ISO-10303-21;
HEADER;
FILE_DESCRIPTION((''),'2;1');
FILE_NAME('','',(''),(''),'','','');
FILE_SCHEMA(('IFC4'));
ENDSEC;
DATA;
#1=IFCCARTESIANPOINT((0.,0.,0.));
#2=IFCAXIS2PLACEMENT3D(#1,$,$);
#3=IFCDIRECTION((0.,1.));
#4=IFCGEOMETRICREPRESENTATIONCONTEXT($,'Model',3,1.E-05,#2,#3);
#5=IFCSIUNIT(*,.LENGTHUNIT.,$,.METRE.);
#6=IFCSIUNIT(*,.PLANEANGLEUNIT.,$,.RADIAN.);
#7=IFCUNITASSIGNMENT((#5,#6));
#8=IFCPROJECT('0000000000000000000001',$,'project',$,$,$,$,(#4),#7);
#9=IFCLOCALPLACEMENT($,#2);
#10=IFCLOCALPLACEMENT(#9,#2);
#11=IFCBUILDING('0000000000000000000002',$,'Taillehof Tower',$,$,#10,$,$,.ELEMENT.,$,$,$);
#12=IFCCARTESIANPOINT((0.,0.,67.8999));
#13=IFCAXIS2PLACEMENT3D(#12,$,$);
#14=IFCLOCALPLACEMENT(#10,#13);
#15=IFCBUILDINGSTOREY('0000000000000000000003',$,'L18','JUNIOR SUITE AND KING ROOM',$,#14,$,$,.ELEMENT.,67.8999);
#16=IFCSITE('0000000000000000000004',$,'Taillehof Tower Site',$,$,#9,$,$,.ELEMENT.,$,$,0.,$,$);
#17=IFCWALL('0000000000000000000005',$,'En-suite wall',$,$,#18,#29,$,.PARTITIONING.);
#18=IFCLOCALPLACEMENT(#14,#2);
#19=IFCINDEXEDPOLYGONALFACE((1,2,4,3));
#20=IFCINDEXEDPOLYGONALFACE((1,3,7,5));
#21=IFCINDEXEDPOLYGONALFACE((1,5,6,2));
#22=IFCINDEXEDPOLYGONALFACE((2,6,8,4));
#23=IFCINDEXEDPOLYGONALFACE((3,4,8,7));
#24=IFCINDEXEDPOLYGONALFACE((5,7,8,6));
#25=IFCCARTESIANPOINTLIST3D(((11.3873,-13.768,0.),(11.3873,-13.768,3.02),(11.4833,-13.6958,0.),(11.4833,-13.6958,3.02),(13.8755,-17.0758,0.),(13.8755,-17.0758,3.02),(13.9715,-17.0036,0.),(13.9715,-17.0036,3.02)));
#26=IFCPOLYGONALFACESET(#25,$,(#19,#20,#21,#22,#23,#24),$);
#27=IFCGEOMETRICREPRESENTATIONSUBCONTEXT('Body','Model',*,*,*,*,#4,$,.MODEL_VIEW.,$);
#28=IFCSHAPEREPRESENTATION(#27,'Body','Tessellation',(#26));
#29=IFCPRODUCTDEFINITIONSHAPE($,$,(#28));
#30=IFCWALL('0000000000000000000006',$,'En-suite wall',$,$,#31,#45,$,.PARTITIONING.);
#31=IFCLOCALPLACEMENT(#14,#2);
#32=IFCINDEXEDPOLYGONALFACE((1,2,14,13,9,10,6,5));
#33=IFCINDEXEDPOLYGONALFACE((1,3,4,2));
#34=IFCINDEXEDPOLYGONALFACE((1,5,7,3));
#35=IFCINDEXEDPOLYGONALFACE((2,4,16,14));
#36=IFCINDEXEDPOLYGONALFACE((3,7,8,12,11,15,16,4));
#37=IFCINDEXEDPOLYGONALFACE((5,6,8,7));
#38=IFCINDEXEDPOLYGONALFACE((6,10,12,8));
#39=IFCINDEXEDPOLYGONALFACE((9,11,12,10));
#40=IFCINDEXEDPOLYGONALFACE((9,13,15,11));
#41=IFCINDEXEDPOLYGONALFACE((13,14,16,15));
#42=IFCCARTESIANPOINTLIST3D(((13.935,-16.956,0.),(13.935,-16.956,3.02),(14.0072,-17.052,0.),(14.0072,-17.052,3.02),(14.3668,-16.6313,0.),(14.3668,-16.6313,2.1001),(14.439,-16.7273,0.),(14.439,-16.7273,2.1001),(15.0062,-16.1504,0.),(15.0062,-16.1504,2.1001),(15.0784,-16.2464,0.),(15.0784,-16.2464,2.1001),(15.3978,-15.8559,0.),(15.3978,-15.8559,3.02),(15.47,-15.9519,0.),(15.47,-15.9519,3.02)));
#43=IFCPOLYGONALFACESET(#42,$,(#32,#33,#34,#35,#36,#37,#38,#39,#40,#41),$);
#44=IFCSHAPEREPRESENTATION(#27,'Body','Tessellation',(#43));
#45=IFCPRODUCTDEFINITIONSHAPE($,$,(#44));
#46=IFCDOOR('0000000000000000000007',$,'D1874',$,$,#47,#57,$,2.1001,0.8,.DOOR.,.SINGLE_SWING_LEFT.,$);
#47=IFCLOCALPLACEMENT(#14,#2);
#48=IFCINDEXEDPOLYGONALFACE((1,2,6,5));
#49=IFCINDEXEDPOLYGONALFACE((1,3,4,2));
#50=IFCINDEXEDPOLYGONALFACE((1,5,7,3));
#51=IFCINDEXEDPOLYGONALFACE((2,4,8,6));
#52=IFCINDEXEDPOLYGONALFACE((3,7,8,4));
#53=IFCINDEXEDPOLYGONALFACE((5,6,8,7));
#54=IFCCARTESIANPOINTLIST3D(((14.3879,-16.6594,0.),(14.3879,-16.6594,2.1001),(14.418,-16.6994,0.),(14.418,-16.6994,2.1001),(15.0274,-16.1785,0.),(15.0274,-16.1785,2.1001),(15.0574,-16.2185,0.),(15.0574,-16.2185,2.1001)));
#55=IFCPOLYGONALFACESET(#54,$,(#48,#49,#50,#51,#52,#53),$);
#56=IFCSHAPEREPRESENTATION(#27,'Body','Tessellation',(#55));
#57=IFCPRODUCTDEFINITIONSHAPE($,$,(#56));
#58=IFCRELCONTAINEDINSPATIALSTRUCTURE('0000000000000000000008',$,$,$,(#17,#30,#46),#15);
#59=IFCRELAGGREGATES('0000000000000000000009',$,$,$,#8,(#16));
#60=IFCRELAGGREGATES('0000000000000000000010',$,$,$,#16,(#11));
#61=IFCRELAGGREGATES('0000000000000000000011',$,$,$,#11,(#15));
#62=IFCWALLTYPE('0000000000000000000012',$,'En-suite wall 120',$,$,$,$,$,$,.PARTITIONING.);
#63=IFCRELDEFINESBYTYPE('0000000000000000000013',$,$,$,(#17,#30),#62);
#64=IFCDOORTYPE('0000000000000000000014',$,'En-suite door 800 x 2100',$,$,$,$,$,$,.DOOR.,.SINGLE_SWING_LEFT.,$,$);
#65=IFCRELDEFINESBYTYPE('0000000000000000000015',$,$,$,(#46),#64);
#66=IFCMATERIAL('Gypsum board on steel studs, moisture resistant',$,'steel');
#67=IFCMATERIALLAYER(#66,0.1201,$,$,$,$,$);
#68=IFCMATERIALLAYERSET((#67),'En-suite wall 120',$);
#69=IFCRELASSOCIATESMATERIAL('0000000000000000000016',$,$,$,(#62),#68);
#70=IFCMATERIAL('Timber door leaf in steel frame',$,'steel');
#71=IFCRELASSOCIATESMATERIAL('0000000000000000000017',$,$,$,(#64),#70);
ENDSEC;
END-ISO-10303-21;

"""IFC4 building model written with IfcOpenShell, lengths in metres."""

from ifc_helpers import new_model, si_unit, direction, frame, frame_2d, origin, place, context, subcontext, project, spatial, rectangle, extrude, material, layer, layer_set, type_object, element, fill, save


model = new_model("IFC4")

# Units and contexts
model_context = context("Model", 3, precision=1e-05, world=origin(), true_north=direction((0.0, 1.0)))
body_context = subcontext(model_context, "Body", "Model", "MODEL_VIEW")
ifc_project = project(units=[si_unit("LENGTHUNIT", "METRE"), si_unit("PLANEANGLEUNIT", "RADIAN")], contexts=[model_context])

# Site, building, storey
site_placement = place(None, origin())
site = spatial("IfcSite", under=ifc_project, at=site_placement, Name="Taillehof Tower Site", CompositionType="ELEMENT", RefElevation=0.0)
building_placement = place(site_placement, origin())
building = spatial("IfcBuilding", under=site, at=building_placement, Name="Taillehof Tower", CompositionType="ELEMENT")
storey_placement = place(building_placement, frame((0.0, 0.0, 67.8999)))
storey = spatial("IfcBuildingStorey", under=building, at=storey_placement, Name="L18", Description="JUNIOR SUITE AND KING ROOM", CompositionType="ELEMENT", Elevation=67.8999)

# Wall
ifc_material_1 = material(Name="Gypsum board on steel studs, moisture resistant", Category="steel")
ifc_layer_1 = layer(ifc_material_1, 0.1201)
ifc_layer_set_1 = layer_set([ifc_layer_1], Name="En-suite wall 120")
wall_type_1 = type_object("IfcWallType", Name="En-suite wall 120", PredefinedType="PARTITIONING", material=ifc_layer_set_1)
wall_1_placement = place(storey_placement, frame((11.4353, -13.7319, 0.0), z_axis=(0.0, 0.0, 1.0), x_axis=(0.601141, -0.799143, 0.0)))
element("IfcWall", 1, at=wall_1_placement, inside=storey, type_object=wall_type_1, Name="En-suite wall", PredefinedType="PARTITIONING", context=body_context, shape_type="SweptSolid", body=[
    extrude(rectangle(XDim=4.1392, YDim=0.1201, at=frame_2d((2.0696, 0.0))), origin(), (0.0, 0.0, 1.0), 3.02),
])

# Wall, opening, door
wall_2_placement = place(storey_placement, frame((13.9712, -17.0039, 0.0), z_axis=(0.0, 0.0, 1.0), x_axis=(0.799231, 0.601024, 0.0)))
wall_2 = element("IfcWall", 2, at=wall_2_placement, inside=storey, type_object=wall_type_1, Name="En-suite wall", PredefinedType="PARTITIONING", context=body_context, shape_type="SweptSolid", body=[
    extrude(rectangle(XDim=1.8303, YDim=0.1201, at=frame_2d((0.915, 0.0))), origin(), (0.0, 0.0, 1.0), 3.02),
])
opening_1_placement = place(wall_2_placement, frame((0.5403, 0.0, 0.0)))
opening_1 = element("IfcOpeningElement", 3, at=opening_1_placement, cuts=wall_2, PredefinedType="OPENING", context=body_context, shape_type="SweptSolid", body=[
    extrude(rectangle(XDim=0.8, YDim=2.1001, at=frame_2d((0.3999, 1.05))), frame((0.0, 0.0701, 0.0), z_axis=(0.0, -1.0, 0.0), x_axis=(1.0, 0.0, 0.0)), (0.0, 0.0, 1.0), 0.1401),
])
ifc_material_2 = material(Name="Timber door leaf in steel frame", Category="steel")
door_type_1 = type_object("IfcDoorType", Name="En-suite door 800 x 2100", OperationType="SINGLE_SWING_LEFT", PredefinedType="DOOR", material=ifc_material_2)
door_1_placement = place(opening_1_placement, origin())
door_1 = element("IfcDoor", 4, at=door_1_placement, inside=storey, type_object=door_type_1, Name="D1874", OperationType="SINGLE_SWING_LEFT", OverallHeight=2.1001, OverallWidth=0.8, PredefinedType="DOOR", context=body_context, shape_type="SweptSolid", body=[
    extrude(rectangle(XDim=0.8, YDim=2.1001, at=frame_2d((0.3999, 1.05))), frame((0.0, 0.0249, 0.0), z_axis=(0.0, -1.0, 0.0), x_axis=(1.0, 0.0, 0.0)), (0.0, 0.0, 1.0), 0.05),
])
fill(opening_1, door_1)

save(model, "model.ifc")
